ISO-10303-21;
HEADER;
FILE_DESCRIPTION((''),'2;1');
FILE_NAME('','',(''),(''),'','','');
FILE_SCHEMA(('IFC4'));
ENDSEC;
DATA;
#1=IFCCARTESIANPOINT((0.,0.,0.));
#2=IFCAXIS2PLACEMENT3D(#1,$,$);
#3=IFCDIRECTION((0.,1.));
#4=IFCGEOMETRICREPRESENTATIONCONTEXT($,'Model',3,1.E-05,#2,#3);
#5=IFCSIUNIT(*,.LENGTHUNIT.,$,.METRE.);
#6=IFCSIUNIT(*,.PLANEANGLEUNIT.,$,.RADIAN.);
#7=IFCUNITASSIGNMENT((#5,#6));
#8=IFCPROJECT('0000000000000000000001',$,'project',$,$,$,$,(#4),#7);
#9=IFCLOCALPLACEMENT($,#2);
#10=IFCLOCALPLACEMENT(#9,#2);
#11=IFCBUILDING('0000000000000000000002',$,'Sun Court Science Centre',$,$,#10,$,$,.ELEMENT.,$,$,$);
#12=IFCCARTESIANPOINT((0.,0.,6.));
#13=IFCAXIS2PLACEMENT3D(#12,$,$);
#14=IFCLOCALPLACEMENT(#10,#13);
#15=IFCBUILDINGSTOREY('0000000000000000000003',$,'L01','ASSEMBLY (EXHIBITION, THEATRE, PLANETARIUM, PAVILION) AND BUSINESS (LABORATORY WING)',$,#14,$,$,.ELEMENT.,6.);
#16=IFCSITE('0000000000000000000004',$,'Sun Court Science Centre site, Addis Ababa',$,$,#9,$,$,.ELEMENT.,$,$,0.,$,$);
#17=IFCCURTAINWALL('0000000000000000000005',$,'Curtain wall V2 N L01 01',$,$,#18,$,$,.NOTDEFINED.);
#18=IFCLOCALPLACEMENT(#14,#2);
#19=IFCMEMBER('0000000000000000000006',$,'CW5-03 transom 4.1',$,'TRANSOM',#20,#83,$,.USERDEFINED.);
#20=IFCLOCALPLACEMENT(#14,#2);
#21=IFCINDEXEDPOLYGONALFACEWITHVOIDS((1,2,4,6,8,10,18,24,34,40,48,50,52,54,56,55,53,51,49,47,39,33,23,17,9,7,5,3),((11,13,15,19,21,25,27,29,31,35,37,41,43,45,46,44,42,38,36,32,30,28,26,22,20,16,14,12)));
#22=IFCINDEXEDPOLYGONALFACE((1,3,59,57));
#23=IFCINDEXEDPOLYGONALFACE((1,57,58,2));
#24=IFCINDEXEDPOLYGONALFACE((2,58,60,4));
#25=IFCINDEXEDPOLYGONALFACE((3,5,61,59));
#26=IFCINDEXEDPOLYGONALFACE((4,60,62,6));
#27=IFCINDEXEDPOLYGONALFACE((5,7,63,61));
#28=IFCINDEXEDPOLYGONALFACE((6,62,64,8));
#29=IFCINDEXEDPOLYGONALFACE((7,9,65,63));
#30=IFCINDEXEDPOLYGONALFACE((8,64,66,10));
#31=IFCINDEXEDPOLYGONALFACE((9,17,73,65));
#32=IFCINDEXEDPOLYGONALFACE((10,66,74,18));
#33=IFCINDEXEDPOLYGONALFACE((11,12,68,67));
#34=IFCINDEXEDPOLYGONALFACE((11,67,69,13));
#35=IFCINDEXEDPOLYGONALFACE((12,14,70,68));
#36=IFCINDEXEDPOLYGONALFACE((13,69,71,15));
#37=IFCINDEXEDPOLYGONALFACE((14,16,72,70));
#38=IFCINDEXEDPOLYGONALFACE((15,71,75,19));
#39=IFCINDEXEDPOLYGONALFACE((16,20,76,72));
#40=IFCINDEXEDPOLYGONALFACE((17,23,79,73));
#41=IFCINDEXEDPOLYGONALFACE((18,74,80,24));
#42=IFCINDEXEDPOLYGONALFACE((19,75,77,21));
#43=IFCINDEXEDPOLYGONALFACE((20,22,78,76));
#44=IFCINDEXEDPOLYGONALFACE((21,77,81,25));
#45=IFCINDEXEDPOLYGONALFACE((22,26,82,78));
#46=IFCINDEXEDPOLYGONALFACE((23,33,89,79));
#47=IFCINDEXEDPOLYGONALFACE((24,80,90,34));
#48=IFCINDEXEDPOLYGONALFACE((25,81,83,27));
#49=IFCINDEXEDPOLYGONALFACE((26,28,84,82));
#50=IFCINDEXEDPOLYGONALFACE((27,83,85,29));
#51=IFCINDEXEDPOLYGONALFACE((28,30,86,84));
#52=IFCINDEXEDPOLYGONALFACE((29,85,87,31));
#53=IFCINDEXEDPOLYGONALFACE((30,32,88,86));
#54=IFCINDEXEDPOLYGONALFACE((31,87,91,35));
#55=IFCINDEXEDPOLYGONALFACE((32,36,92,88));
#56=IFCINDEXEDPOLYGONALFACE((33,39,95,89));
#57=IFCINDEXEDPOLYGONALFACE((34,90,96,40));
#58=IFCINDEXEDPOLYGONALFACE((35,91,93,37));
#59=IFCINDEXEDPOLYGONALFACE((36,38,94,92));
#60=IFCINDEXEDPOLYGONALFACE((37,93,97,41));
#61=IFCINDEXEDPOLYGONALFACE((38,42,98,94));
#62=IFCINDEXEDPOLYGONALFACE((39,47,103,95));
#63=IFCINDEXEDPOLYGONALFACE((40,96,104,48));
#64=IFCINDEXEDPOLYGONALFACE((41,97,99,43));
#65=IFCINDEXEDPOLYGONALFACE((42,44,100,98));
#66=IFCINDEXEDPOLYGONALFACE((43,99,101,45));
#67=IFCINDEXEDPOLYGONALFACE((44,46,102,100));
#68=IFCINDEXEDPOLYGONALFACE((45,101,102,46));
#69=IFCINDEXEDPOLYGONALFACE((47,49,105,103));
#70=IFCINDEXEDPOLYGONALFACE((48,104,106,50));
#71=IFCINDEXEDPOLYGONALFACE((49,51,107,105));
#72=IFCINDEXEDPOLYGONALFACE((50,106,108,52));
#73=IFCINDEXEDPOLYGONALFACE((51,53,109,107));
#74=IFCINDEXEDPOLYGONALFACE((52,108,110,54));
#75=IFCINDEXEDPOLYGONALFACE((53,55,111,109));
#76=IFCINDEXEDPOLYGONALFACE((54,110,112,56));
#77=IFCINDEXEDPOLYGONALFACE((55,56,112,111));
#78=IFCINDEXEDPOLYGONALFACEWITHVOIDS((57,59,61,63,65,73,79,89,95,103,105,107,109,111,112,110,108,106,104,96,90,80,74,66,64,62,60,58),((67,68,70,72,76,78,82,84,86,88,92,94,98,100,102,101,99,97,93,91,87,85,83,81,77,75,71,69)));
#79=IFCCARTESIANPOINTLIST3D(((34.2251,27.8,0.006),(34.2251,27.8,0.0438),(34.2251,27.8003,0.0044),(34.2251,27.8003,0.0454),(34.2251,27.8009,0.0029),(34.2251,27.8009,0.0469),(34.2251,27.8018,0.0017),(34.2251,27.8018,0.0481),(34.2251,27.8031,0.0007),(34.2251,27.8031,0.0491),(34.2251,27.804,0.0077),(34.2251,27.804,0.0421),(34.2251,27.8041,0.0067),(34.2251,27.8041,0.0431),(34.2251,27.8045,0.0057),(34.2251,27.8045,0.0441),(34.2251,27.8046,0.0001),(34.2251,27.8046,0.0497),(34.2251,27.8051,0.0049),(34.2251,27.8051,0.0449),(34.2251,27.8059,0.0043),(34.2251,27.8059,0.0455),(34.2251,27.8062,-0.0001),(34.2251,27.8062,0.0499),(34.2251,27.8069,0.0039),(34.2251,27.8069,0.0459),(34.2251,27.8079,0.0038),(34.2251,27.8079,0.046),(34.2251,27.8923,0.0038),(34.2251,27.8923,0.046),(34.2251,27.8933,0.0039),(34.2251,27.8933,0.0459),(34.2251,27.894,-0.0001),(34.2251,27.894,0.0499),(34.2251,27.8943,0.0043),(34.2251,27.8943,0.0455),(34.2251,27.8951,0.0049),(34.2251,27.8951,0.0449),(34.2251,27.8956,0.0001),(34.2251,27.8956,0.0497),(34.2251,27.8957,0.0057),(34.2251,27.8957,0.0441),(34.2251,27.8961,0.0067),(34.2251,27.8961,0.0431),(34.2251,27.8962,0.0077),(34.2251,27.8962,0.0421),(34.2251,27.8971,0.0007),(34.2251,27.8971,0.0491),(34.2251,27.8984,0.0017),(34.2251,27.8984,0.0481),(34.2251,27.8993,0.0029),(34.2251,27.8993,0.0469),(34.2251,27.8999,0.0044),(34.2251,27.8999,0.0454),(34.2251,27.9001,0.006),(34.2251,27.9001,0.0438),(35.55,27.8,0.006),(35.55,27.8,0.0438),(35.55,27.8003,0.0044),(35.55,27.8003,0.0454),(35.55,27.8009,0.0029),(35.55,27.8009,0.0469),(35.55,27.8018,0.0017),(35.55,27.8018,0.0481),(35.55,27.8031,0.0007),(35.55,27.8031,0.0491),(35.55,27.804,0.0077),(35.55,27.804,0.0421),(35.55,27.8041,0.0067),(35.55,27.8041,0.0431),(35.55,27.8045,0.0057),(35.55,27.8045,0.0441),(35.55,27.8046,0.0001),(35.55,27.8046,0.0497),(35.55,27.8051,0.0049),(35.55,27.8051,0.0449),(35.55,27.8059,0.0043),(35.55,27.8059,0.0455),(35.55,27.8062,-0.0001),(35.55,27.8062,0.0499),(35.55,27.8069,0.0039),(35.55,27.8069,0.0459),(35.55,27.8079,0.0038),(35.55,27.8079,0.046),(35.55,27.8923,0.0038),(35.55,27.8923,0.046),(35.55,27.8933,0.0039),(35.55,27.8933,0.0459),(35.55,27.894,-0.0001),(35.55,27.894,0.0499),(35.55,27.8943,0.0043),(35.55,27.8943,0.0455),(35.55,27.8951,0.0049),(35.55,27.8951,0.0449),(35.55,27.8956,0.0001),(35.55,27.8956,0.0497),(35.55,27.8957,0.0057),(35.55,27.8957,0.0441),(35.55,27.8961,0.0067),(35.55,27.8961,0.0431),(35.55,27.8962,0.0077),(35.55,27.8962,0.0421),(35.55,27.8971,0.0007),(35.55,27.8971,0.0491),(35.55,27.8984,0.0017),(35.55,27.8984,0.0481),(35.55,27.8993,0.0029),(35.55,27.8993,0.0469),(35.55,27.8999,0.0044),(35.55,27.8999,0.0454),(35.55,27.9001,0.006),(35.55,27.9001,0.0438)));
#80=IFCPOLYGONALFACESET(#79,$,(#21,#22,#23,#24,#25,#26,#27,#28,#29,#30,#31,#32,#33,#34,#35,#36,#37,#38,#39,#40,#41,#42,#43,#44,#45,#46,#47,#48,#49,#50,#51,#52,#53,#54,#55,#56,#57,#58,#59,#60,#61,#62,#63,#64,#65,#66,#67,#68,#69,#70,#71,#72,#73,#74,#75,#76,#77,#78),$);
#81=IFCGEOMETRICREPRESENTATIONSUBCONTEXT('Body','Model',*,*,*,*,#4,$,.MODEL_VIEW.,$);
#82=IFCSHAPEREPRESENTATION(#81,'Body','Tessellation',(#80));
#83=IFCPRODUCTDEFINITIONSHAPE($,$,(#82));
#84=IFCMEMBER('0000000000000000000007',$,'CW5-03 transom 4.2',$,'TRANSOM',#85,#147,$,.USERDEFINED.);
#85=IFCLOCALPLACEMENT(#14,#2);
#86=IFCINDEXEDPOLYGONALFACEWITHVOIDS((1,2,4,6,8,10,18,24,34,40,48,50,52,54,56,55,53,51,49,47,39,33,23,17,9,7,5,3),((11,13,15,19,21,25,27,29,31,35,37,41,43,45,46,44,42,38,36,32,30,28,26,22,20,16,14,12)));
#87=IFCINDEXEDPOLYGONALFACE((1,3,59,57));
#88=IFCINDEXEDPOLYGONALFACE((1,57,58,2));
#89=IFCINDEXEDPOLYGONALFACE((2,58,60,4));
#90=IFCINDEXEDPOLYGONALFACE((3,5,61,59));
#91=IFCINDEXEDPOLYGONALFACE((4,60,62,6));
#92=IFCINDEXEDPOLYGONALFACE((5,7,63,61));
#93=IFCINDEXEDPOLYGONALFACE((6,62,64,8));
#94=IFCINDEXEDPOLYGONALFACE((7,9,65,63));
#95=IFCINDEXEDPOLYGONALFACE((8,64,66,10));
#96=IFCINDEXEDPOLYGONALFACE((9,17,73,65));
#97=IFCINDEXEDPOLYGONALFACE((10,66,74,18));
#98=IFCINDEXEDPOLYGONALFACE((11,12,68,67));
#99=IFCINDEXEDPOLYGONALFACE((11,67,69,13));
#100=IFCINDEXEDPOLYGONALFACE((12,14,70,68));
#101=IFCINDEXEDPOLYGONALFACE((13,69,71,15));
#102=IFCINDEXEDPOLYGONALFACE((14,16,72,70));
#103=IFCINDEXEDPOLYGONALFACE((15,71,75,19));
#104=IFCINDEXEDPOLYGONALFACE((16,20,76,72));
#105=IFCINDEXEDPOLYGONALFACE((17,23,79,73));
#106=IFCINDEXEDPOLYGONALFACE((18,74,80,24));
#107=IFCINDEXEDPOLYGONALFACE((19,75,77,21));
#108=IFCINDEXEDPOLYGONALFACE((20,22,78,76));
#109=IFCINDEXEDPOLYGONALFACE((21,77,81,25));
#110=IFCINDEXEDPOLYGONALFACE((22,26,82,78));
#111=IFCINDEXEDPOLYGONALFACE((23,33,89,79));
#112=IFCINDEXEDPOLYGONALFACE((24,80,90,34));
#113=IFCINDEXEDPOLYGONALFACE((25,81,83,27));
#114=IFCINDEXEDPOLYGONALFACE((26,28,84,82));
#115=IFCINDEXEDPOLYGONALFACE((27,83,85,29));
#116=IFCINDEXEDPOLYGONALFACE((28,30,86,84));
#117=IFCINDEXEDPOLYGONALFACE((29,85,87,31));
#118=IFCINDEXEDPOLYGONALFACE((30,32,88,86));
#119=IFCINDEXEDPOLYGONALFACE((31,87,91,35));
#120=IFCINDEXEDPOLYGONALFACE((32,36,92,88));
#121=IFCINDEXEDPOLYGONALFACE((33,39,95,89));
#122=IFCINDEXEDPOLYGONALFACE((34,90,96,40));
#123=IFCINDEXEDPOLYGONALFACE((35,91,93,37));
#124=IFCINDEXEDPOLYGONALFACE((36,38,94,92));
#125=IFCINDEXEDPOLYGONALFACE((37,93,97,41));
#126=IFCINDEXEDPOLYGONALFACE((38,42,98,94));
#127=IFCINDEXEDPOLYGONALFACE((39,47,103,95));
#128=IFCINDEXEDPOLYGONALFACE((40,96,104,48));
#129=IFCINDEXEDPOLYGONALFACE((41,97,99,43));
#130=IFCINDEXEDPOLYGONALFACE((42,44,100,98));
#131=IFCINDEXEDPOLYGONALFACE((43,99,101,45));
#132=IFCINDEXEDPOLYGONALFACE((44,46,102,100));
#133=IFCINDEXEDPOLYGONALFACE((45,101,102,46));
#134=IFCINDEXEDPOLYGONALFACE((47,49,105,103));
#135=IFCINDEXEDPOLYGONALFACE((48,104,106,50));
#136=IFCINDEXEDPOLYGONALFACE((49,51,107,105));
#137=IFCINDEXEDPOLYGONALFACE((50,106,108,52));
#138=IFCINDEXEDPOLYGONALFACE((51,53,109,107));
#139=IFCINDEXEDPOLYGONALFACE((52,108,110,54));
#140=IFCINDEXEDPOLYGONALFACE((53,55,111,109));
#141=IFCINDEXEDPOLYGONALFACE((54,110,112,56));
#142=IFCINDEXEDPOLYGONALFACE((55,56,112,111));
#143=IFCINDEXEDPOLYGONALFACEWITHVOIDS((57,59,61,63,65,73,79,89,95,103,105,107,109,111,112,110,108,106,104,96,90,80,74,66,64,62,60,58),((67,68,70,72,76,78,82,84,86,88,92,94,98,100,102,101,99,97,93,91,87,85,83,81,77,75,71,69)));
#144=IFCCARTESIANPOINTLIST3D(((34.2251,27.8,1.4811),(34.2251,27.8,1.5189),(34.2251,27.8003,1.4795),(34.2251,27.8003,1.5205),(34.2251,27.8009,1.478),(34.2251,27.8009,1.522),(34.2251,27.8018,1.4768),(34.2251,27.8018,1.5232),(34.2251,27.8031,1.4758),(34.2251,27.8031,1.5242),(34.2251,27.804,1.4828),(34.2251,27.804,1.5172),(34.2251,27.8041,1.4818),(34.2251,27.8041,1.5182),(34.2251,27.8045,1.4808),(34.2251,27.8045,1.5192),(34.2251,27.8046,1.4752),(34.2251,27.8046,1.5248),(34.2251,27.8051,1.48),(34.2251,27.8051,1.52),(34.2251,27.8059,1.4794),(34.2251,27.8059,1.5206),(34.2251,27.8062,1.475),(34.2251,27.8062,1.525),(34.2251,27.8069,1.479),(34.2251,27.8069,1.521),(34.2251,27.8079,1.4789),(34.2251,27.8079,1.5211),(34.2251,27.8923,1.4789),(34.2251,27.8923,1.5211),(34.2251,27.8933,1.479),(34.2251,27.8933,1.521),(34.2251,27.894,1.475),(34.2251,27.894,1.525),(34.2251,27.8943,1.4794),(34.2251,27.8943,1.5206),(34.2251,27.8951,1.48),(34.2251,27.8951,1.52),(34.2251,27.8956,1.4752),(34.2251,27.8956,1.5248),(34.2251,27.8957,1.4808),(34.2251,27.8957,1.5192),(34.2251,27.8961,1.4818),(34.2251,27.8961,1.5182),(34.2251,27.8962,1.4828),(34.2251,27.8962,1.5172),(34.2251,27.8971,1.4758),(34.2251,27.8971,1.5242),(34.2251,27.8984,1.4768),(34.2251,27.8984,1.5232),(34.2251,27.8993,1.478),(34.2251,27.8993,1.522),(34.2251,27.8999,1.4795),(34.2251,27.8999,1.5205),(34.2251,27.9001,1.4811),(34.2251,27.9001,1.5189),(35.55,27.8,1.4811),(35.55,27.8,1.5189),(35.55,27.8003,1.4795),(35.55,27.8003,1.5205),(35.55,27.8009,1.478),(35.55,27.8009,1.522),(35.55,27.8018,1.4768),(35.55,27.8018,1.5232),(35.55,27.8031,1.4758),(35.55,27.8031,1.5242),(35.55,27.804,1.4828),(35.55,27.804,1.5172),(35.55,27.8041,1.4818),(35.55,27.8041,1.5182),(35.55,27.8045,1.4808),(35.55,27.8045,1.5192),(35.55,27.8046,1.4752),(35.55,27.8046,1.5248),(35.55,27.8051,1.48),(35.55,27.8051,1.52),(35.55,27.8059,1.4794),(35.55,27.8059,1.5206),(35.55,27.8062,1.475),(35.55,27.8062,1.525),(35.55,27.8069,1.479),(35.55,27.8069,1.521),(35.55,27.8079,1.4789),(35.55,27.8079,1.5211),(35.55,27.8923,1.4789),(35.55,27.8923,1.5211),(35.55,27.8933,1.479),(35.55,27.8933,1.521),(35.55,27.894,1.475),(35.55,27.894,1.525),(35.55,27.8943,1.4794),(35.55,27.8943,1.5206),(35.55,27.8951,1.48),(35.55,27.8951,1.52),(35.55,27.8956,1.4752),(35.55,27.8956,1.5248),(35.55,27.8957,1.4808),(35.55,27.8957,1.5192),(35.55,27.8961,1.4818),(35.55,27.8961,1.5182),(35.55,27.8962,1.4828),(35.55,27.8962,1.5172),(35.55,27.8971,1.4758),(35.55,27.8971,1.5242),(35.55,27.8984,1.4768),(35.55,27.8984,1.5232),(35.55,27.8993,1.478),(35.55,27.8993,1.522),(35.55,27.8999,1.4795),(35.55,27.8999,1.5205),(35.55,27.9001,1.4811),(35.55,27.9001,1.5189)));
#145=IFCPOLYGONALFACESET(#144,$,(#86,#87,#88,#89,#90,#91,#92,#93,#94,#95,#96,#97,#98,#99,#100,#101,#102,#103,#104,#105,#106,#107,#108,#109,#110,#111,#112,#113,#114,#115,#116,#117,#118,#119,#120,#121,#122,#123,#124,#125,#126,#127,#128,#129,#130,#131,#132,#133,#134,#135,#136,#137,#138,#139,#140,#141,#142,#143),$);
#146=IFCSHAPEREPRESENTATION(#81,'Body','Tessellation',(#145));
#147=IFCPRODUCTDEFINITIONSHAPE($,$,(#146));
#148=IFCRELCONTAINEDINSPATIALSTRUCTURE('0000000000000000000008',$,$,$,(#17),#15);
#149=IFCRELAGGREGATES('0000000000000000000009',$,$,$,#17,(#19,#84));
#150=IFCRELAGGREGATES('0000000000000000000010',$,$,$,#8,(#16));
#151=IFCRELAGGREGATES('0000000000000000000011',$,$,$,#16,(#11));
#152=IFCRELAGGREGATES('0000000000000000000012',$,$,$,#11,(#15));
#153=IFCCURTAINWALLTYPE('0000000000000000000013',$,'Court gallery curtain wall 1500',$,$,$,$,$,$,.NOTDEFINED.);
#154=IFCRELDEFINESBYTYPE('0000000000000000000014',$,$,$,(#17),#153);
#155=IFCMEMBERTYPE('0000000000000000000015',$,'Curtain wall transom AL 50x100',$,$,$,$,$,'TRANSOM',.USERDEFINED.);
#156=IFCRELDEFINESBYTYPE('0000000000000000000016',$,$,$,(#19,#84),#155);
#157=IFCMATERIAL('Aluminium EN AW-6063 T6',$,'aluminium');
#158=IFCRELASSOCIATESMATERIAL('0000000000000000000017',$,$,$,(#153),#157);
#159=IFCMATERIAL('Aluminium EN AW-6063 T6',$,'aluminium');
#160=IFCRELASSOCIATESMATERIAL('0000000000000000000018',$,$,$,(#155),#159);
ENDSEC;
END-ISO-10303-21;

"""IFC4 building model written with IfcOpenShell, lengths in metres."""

from ifc_helpers import new_model, si_unit, direction, frame, origin, origin_2d, place, context, subcontext, project, spatial, hollow_rectangle, extrude, material, material_profile, profile_set, type_object, element, aggregate, save


model = new_model("IFC4")

# Units and contexts
model_context = context("Model", 3, precision=1e-05, world=origin(), true_north=direction((0.0, 1.0)))
body_context = subcontext(model_context, "Body", "Model", "MODEL_VIEW")
ifc_project = project(units=[si_unit("LENGTHUNIT", "METRE"), si_unit("PLANEANGLEUNIT", "RADIAN")], contexts=[model_context])

# Site, building, storey
site_placement = place(None, origin())
site = spatial("IfcSite", under=ifc_project, at=site_placement, Name="Sun Court Science Centre site, Addis Ababa", CompositionType="ELEMENT", RefElevation=0.0)
building_placement = place(site_placement, origin())
building = spatial("IfcBuilding", under=site, at=building_placement, Name="Sun Court Science Centre", CompositionType="ELEMENT")
storey_placement = place(building_placement, frame((0.0, 0.0, 6.0)))
storey = spatial("IfcBuildingStorey", under=building, at=storey_placement, Name="L01", Description="ASSEMBLY (EXHIBITION, THEATRE, PLANETARIUM, PAVILION) AND BUSINESS (LABORATORY WING)", CompositionType="ELEMENT", Elevation=6.0)

# Curtain wall
ifc_material_1 = material(Name="Aluminium EN AW-6063 T6", Category="aluminium")
curtain_wall_type_1 = type_object("IfcCurtainWallType", Name="Court gallery curtain wall 1500", PredefinedType="NOTDEFINED", material=ifc_material_1)
curtain_wall_1_placement = place(storey_placement, origin())
curtain_wall_1 = element("IfcCurtainWall", 1, at=curtain_wall_1_placement, inside=storey, type_object=curtain_wall_type_1, Name="Curtain wall V2 N L01 01", PredefinedType="NOTDEFINED")

# Members
ifc_material_2 = material(Name="Aluminium EN AW-6063 T6", Category="aluminium")
ifc_material_profile_1 = material_profile(ifc_material_2, hollow_rectangle(XDim=0.05, YDim=0.1001, WallThickness=0.0039, InnerFilletRadius=0.0039, OuterFilletRadius=0.0061, at=origin_2d()), Name="AL 50x100x4")
ifc_profile_set_1 = profile_set([ifc_material_profile_1], Name="Aluminium EN AW-6063 T6")
member_type_1 = type_object("IfcMemberType", Name="Curtain wall transom AL 50x100", ElementType="TRANSOM", PredefinedType="USERDEFINED", material=ifc_profile_set_1)
member_1_placement = place(storey_placement, frame((34.2251, 27.8501, 0.0249), z_axis=(1.0, 0.0, 0.0), x_axis=(0.0, 0.0, 1.0)))
member_1 = element("IfcMember", 2, at=member_1_placement, type_object=member_type_1, Name="CW5-03 transom 4.1", ObjectType="TRANSOM", PredefinedType="USERDEFINED", context=body_context, shape_type="SweptSolid", body=[
    extrude(hollow_rectangle(XDim=0.05, YDim=0.1001, WallThickness=0.0039, InnerFilletRadius=0.0039, OuterFilletRadius=0.0061, at=origin_2d()), origin(), (0.0, 0.0, 1.0), 1.325),
])
member_2_placement = place(storey_placement, frame((34.2251, 27.8501, 1.5), z_axis=(1.0, 0.0, 0.0), x_axis=(0.0, 0.0, 1.0)))
member_2 = element("IfcMember", 3, at=member_2_placement, type_object=member_type_1, Name="CW5-03 transom 4.2", ObjectType="TRANSOM", PredefinedType="USERDEFINED", context=body_context, shape_type="SweptSolid", body=[
    extrude(hollow_rectangle(XDim=0.05, YDim=0.1001, WallThickness=0.0039, InnerFilletRadius=0.0039, OuterFilletRadius=0.0061, at=origin_2d()), origin(), (0.0, 0.0, 1.0), 1.325),
])

aggregate(curtain_wall_1, [member_1, member_2])

save(model, "model.ifc")
